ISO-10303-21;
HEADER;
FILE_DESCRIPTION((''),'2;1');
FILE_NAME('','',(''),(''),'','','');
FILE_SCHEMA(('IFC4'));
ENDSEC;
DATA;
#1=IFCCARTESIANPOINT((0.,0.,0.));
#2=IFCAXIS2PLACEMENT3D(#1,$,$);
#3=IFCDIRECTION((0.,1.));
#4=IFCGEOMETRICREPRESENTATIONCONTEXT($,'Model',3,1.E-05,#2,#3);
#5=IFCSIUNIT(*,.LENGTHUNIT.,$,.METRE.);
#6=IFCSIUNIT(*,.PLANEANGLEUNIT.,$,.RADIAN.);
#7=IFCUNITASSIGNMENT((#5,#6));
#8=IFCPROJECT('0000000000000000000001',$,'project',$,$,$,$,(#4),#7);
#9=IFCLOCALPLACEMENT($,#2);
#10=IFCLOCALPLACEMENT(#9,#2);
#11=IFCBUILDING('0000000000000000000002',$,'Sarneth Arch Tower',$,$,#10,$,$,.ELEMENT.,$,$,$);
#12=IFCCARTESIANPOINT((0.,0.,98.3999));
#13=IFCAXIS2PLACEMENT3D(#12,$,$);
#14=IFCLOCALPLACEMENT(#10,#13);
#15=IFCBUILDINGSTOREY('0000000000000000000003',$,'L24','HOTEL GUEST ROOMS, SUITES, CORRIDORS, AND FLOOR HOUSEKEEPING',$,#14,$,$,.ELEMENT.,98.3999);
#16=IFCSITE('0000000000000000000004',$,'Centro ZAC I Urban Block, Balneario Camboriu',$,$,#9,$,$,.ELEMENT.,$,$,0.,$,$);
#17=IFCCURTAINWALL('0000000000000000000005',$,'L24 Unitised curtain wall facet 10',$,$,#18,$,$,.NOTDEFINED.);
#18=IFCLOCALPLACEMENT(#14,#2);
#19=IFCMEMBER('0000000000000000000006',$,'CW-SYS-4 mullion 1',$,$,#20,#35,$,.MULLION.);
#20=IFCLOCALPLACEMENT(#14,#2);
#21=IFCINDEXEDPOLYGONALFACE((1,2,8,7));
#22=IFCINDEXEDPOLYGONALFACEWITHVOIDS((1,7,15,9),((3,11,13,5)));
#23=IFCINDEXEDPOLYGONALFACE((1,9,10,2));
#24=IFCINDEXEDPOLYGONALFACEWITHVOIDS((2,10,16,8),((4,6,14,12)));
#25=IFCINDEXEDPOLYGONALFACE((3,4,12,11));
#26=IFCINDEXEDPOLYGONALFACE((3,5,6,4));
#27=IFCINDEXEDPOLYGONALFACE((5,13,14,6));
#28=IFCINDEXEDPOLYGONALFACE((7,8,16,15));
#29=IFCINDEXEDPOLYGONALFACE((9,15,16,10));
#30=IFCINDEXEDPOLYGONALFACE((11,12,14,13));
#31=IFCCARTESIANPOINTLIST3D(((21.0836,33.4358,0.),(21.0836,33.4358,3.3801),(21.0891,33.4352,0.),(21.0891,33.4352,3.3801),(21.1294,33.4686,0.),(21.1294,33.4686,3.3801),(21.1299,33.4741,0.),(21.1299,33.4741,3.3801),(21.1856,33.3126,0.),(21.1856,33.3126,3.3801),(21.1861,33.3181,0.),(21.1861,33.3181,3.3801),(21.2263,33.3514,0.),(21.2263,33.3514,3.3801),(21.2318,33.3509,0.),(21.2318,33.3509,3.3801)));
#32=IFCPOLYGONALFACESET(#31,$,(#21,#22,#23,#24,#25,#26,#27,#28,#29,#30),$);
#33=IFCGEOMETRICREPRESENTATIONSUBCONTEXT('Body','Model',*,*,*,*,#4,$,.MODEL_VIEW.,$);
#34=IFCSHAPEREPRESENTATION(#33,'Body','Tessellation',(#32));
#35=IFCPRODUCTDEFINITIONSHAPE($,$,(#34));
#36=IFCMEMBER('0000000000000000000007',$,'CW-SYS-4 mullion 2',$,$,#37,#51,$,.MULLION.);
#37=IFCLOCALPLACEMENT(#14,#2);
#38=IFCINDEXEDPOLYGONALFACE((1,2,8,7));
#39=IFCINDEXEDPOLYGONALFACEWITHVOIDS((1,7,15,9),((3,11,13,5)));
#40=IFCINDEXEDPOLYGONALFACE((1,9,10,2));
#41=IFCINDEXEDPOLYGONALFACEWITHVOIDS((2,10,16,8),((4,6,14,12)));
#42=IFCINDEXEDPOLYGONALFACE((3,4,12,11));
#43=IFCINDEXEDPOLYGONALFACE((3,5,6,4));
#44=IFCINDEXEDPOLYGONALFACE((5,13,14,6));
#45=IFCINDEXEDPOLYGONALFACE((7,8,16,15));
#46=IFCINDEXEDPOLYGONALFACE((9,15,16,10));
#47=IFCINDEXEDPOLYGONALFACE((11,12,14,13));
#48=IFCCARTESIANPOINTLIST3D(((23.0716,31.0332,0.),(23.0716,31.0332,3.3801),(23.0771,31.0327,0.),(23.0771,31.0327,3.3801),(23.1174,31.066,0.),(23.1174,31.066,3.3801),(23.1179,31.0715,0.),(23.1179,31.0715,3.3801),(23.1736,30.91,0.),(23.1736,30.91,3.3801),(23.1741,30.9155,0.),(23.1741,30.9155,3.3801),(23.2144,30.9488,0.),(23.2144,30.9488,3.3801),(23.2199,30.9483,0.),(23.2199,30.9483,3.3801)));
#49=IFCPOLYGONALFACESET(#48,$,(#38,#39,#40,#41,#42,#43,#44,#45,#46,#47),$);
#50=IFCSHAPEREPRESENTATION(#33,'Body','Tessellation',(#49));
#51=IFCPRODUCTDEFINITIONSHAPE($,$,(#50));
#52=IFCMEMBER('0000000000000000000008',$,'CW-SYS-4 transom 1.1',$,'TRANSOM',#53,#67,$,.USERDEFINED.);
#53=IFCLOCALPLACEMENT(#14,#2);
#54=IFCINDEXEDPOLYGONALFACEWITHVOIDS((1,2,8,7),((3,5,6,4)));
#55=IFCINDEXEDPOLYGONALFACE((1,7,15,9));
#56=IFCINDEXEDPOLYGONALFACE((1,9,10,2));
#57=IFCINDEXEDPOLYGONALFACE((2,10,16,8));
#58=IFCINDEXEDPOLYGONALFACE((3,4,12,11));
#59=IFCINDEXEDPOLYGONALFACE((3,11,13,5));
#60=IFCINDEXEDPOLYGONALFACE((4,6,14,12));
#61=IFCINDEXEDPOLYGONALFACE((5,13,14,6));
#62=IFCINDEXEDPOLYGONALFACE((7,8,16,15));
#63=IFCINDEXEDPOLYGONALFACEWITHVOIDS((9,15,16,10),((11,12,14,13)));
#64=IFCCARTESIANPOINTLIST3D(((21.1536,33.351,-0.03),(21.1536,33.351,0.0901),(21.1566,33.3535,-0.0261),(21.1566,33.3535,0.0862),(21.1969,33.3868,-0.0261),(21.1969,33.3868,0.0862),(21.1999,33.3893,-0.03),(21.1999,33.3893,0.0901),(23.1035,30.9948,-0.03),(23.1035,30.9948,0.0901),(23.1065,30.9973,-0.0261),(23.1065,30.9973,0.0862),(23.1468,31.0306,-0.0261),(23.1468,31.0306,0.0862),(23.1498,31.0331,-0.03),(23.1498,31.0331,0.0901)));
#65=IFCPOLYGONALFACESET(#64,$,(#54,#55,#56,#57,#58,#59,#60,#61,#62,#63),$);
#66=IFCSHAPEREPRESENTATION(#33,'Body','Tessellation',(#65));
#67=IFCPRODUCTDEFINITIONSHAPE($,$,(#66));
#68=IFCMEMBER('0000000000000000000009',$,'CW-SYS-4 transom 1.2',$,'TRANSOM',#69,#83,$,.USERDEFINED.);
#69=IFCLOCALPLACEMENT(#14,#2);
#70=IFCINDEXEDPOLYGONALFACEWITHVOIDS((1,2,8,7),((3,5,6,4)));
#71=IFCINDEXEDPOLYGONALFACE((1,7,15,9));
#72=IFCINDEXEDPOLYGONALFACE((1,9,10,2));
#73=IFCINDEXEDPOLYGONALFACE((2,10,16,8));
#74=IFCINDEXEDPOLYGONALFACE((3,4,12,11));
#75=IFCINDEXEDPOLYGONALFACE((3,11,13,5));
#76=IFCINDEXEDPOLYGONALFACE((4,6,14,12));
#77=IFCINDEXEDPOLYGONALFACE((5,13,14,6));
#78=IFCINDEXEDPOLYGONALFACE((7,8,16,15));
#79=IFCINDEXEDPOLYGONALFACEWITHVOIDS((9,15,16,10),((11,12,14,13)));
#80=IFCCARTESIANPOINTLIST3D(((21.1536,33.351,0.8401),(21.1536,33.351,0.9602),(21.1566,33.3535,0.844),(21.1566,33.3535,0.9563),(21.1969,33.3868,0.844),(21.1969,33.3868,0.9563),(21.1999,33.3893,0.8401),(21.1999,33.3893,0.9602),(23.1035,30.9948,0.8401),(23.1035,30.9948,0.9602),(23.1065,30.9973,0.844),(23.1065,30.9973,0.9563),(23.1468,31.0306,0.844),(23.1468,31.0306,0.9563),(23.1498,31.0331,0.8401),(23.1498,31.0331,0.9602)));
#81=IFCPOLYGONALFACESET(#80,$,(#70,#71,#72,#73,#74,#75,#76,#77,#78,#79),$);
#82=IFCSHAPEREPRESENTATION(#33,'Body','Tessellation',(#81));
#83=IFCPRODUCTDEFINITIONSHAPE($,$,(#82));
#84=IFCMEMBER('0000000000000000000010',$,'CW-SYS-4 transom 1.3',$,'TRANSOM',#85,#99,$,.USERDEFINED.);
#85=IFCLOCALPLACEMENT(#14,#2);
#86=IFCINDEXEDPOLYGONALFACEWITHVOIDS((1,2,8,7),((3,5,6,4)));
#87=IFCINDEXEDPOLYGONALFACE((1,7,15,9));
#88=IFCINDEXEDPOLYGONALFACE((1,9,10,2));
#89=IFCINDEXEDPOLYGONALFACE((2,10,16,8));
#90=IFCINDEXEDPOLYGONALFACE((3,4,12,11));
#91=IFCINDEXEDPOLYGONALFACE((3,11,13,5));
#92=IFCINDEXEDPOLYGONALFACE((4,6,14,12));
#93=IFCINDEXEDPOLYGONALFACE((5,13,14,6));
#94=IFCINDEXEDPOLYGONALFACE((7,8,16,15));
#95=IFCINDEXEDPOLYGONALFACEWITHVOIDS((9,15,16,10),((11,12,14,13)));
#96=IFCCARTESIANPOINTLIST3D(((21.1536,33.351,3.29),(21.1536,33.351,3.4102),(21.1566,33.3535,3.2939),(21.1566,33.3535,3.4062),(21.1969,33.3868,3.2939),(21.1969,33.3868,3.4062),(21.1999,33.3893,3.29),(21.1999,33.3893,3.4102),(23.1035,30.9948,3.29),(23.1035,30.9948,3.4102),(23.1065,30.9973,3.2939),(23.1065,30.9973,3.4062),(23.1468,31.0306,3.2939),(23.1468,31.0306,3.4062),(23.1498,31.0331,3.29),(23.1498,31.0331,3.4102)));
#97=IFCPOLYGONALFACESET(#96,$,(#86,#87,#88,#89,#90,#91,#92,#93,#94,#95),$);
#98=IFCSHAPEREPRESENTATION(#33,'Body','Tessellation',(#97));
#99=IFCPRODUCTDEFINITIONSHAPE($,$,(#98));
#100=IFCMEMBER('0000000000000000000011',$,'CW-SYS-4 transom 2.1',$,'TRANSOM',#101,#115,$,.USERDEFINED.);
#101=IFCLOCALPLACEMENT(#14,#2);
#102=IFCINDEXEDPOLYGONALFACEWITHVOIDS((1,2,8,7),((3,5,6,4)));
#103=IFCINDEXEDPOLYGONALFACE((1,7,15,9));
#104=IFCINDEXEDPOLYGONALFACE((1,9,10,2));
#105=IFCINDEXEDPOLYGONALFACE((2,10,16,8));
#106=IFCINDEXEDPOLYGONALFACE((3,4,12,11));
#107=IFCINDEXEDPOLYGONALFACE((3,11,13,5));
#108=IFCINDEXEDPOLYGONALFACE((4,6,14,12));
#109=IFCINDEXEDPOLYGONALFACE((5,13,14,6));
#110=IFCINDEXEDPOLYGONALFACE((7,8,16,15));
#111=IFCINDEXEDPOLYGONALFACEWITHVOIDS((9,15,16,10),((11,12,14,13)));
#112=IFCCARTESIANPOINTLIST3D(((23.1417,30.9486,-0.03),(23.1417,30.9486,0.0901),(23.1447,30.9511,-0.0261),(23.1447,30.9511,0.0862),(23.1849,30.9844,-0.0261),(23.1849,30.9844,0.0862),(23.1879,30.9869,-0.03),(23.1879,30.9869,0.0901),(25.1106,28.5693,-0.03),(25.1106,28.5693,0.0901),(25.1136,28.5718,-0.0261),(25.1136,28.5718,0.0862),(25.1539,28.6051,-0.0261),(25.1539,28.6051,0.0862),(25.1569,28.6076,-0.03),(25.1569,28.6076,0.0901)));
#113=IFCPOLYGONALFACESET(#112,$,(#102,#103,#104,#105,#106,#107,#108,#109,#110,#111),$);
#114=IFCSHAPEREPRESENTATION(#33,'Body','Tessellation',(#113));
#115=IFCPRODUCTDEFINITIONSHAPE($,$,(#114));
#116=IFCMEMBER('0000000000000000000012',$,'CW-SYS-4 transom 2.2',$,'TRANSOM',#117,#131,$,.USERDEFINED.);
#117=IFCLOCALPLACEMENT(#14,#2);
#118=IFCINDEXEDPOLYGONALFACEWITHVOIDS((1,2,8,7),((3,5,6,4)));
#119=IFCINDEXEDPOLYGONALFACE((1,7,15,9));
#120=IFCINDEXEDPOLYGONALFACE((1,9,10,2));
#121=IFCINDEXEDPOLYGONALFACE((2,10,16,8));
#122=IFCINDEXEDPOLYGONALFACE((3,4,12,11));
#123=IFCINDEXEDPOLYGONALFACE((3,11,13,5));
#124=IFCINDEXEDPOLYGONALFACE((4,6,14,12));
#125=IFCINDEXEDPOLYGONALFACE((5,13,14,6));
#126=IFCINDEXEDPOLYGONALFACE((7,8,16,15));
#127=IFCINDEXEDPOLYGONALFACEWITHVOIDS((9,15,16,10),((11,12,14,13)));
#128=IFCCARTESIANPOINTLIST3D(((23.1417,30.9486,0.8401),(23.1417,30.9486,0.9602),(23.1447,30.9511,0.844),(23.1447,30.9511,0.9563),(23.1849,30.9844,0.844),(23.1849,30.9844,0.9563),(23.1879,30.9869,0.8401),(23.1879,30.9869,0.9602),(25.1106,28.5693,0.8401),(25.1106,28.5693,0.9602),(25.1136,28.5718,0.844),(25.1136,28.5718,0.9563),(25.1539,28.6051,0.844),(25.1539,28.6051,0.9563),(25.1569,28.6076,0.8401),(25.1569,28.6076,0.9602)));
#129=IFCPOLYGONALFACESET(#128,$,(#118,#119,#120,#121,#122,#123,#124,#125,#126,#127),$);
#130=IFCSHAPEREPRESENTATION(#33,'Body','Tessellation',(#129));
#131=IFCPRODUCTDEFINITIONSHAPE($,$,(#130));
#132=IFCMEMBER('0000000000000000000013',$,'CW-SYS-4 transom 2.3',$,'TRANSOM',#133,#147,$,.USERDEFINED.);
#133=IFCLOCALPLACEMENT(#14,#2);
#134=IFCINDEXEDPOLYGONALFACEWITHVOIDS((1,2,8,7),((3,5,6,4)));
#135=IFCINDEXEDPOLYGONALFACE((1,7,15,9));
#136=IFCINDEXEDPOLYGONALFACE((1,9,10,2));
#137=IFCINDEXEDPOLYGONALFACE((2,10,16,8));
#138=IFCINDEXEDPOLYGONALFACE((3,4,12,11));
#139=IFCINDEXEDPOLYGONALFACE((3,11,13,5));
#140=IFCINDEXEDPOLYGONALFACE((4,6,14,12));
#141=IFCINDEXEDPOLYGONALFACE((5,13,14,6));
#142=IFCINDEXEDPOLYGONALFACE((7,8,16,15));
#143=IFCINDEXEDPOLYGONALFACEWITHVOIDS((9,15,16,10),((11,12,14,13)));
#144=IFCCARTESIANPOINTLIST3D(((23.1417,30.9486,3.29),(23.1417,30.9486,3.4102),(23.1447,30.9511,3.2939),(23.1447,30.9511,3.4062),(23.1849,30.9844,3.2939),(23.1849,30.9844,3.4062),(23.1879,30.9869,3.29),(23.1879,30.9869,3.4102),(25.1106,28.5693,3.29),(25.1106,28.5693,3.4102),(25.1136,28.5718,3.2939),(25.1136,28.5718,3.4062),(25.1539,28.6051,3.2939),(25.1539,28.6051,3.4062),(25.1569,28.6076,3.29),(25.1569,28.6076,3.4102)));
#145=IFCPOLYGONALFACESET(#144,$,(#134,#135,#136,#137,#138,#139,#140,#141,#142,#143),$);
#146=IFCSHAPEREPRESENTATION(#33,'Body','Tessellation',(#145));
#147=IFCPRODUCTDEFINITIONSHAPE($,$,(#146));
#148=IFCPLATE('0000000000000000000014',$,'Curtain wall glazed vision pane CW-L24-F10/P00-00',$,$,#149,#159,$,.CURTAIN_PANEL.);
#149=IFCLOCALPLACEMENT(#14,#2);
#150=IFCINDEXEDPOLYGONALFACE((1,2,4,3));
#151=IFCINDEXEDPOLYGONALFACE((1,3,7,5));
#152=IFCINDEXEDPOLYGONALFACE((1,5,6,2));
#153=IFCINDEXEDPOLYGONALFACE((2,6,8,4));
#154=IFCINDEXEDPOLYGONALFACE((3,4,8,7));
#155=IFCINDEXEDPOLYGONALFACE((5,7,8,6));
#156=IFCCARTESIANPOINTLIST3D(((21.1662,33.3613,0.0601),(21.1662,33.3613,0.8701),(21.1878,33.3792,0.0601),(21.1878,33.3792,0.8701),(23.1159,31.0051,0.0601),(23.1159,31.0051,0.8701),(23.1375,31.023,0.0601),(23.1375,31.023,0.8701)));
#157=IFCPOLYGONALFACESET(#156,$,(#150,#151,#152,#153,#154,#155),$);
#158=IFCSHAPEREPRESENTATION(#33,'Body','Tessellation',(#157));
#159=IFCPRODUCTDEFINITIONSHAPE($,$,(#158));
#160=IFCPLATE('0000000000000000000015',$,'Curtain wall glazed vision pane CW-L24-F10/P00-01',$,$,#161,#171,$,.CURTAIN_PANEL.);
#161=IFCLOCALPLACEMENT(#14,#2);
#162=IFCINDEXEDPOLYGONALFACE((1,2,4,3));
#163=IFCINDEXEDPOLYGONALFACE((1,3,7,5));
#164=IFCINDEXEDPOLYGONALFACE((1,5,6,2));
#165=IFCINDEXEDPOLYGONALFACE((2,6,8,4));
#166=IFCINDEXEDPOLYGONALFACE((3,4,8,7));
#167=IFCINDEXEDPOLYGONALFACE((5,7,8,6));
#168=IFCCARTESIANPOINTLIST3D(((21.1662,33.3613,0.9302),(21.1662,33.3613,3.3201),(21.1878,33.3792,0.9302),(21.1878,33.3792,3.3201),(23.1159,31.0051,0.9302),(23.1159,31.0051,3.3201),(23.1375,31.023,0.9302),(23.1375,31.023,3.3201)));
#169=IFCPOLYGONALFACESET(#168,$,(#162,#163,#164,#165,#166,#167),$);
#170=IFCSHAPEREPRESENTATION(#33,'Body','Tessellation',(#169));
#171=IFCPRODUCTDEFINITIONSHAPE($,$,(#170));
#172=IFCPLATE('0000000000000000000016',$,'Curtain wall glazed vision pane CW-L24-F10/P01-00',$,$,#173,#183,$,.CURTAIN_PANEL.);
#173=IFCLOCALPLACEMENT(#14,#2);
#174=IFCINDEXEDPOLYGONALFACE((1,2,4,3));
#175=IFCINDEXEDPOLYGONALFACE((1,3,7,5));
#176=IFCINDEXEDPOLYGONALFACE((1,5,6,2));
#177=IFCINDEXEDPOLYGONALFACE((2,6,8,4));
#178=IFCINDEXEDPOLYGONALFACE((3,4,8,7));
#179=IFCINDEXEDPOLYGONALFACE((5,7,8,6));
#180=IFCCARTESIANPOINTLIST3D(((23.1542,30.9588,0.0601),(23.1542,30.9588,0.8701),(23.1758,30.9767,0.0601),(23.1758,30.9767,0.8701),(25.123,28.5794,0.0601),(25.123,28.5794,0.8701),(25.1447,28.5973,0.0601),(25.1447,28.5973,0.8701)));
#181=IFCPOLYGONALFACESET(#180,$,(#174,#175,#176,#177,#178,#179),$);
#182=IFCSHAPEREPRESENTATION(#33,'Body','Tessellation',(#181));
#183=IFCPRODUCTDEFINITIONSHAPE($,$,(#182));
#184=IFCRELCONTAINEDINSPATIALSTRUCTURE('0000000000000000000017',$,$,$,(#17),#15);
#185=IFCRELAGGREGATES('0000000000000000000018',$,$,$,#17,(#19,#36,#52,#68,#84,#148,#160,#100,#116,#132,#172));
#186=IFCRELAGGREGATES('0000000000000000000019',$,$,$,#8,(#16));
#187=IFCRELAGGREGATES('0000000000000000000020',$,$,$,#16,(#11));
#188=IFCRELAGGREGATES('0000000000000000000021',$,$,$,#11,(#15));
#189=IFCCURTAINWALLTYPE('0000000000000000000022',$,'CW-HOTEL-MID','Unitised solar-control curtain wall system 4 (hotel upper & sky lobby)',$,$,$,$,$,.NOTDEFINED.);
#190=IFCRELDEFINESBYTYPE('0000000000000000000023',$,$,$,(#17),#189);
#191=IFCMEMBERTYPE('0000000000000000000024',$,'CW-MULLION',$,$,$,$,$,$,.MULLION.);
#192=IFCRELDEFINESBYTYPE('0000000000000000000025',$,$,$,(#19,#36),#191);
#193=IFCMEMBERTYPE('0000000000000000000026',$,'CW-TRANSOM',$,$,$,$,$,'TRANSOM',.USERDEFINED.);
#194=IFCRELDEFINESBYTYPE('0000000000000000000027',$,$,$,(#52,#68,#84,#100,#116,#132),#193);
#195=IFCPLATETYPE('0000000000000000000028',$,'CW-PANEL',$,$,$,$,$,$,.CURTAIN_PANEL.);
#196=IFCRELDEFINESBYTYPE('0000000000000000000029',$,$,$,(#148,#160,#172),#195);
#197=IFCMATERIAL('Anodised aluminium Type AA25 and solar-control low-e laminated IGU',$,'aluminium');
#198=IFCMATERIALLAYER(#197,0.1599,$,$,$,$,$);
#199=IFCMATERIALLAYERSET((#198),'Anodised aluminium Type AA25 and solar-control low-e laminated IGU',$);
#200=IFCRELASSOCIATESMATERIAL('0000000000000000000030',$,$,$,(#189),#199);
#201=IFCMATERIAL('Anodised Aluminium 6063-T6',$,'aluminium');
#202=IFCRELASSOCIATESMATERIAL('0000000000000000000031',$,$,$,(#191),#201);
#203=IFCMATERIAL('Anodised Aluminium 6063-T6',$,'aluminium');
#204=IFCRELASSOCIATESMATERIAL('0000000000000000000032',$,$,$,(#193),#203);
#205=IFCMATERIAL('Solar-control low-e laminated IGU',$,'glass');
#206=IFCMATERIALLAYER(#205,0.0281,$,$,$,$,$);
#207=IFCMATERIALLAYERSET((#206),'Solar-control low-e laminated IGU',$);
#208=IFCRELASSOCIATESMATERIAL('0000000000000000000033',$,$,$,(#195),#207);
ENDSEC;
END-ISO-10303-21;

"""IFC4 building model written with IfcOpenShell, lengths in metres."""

from ifc_helpers import new_model, si_unit, direction, frame, origin, origin_2d, place, context, subcontext, project, spatial, rectangle, hollow_rectangle, extrude, material, layer, layer_set, material_profile, profile_set, type_object, element, aggregate, save


model = new_model("IFC4")

# Units and contexts
model_context = context("Model", 3, precision=1e-05, world=origin(), true_north=direction((0.0, 1.0)))
body_context = subcontext(model_context, "Body", "Model", "MODEL_VIEW")
ifc_project = project(units=[si_unit("LENGTHUNIT", "METRE"), si_unit("PLANEANGLEUNIT", "RADIAN")], contexts=[model_context])

# Site, building, storey
site_placement = place(None, origin())
site = spatial("IfcSite", under=ifc_project, at=site_placement, Name="Centro ZAC I Urban Block, Balneario Camboriu", CompositionType="ELEMENT", RefElevation=0.0)
building_placement = place(site_placement, origin())
building = spatial("IfcBuilding", under=site, at=building_placement, Name="Sarneth Arch Tower", CompositionType="ELEMENT")
storey_placement = place(building_placement, frame((0.0, 0.0, 98.3999)))
storey = spatial("IfcBuildingStorey", under=building, at=storey_placement, Name="L24", Description="HOTEL GUEST ROOMS, SUITES, CORRIDORS, AND FLOOR HOUSEKEEPING", CompositionType="ELEMENT", Elevation=98.3999)

# Curtain wall, members, plates
ifc_material_1 = material(Name="Anodised aluminium Type AA25 and solar-control low-e laminated IGU", Category="aluminium")
ifc_layer_1 = layer(ifc_material_1, 0.1599)
ifc_layer_set_1 = layer_set([ifc_layer_1], Name="Anodised aluminium Type AA25 and solar-control low-e laminated IGU")
curtain_wall_type = type_object("IfcCurtainWallType", Name="CW-HOTEL-MID", Description="Unitised solar-control curtain wall system 4 (hotel upper & sky lobby)", PredefinedType="NOTDEFINED", material=ifc_layer_set_1)
curtain_wall_placement = place(storey_placement, origin())
curtain_wall = element("IfcCurtainWall", 1, at=curtain_wall_placement, inside=storey, type_object=curtain_wall_type, Name="L24 Unitised curtain wall facet 10", PredefinedType="NOTDEFINED")
ifc_material_2 = material(Name="Anodised Aluminium 6063-T6", Category="aluminium")
ifc_material_profile_1 = material_profile(ifc_material_2, hollow_rectangle(XDim=0.0601, YDim=0.1599, WallThickness=0.0039, at=origin_2d()), Name="AL-MULL-160x60x4")
ifc_profile_set_1 = profile_set([ifc_material_profile_1], Name="Anodised Aluminium 6063-T6")
member_type_1 = type_object("IfcMemberType", Name="CW-MULLION", PredefinedType="MULLION", material=ifc_profile_set_1)
member_1_placement = place(storey_placement, frame((21.1577, 33.3933, 0.0), z_axis=(0.0, 0.0, 1.0), x_axis=(0.770438, 0.637515, 0.0)))
member_1 = element("IfcMember", 2, at=member_1_placement, type_object=member_type_1, Name="CW-SYS-4 mullion 1", PredefinedType="MULLION", context=body_context, shape_type="SweptSolid", body=[
    extrude(hollow_rectangle(XDim=0.0601, YDim=0.1599, WallThickness=0.0039, at=origin_2d()), origin(), (0.0, 0.0, 1.0), 3.3801),
])
member_2_placement = place(storey_placement, frame((23.1458, 30.9907, 0.0), z_axis=(0.0, 0.0, 1.0), x_axis=(0.770438, 0.637515, 0.0)))
member_2 = element("IfcMember", 3, at=member_2_placement, type_object=member_type_1, Name="CW-SYS-4 mullion 2", PredefinedType="MULLION", context=body_context, shape_type="SweptSolid", body=[
    extrude(hollow_rectangle(XDim=0.0601, YDim=0.1599, WallThickness=0.0039, at=origin_2d()), origin(), (0.0, 0.0, 1.0), 3.3801),
])
ifc_material_3 = material(Name="Anodised Aluminium 6063-T6", Category="aluminium")
ifc_material_profile_2 = material_profile(ifc_material_3, hollow_rectangle(XDim=0.0601, YDim=0.1201, WallThickness=0.0039, at=origin_2d()), Name="AL-TRAN-120x60x4")
ifc_profile_set_2 = profile_set([ifc_material_profile_2], Name="Anodised Aluminium 6063-T6")
member_type_2 = type_object("IfcMemberType", Name="CW-TRANSOM", ElementType="TRANSOM", PredefinedType="USERDEFINED", material=ifc_profile_set_2)
member_3_placement = place(storey_placement, frame((21.1768, 33.3701, 0.03), z_axis=(0.637566, -0.770396, 0.0), x_axis=(0.770396, 0.637566, 0.0)))
member_3 = element("IfcMember", 4, at=member_3_placement, type_object=member_type_2, Name="CW-SYS-4 transom 1.1", ObjectType="TRANSOM", PredefinedType="USERDEFINED", context=body_context, shape_type="SweptSolid", body=[
    extrude(hollow_rectangle(XDim=0.0601, YDim=0.1201, WallThickness=0.0039, at=origin_2d()), origin(), (0.0, 0.0, 1.0), 3.0583),
])
member_4_placement = place(storey_placement, frame((21.1768, 33.3701, 0.9001), z_axis=(0.637566, -0.770396, 0.0), x_axis=(0.770396, 0.637566, 0.0)))
member_4 = element("IfcMember", 5, at=member_4_placement, type_object=member_type_2, Name="CW-SYS-4 transom 1.2", ObjectType="TRANSOM", PredefinedType="USERDEFINED", context=body_context, shape_type="SweptSolid", body=[
    extrude(hollow_rectangle(XDim=0.0601, YDim=0.1201, WallThickness=0.0039, at=origin_2d()), origin(), (0.0, 0.0, 1.0), 3.0583),
])
member_5_placement = place(storey_placement, frame((21.1768, 33.3701, 3.3501), z_axis=(0.637566, -0.770396, 0.0), x_axis=(0.770396, 0.637566, 0.0)))
member_5 = element("IfcMember", 6, at=member_5_placement, type_object=member_type_2, Name="CW-SYS-4 transom 1.3", ObjectType="TRANSOM", PredefinedType="USERDEFINED", context=body_context, shape_type="SweptSolid", body=[
    extrude(hollow_rectangle(XDim=0.0601, YDim=0.1201, WallThickness=0.0039, at=origin_2d()), origin(), (0.0, 0.0, 1.0), 3.0583),
])
member_6_placement = place(storey_placement, frame((23.1648, 30.9678, 0.03), z_axis=(0.637537, -0.77042, 0.0), x_axis=(0.77042, 0.637537, 0.0)))
member_6 = element("IfcMember", 7, at=member_6_placement, type_object=member_type_2, Name="CW-SYS-4 transom 2.1", ObjectType="TRANSOM", PredefinedType="USERDEFINED", context=body_context, shape_type="SweptSolid", body=[
    extrude(hollow_rectangle(XDim=0.0601, YDim=0.1201, WallThickness=0.0039, at=origin_2d()), origin(), (0.0, 0.0, 1.0), 3.0884),
])
member_7_placement = place(storey_placement, frame((23.1648, 30.9678, 0.9001), z_axis=(0.637537, -0.77042, 0.0), x_axis=(0.77042, 0.637537, 0.0)))
member_7 = element("IfcMember", 8, at=member_7_placement, type_object=member_type_2, Name="CW-SYS-4 transom 2.2", ObjectType="TRANSOM", PredefinedType="USERDEFINED", context=body_context, shape_type="SweptSolid", body=[
    extrude(hollow_rectangle(XDim=0.0601, YDim=0.1201, WallThickness=0.0039, at=origin_2d()), origin(), (0.0, 0.0, 1.0), 3.0884),
])
member_8_placement = place(storey_placement, frame((23.1648, 30.9678, 3.3501), z_axis=(0.637537, -0.77042, 0.0), x_axis=(0.77042, 0.637537, 0.0)))
member_8 = element("IfcMember", 9, at=member_8_placement, type_object=member_type_2, Name="CW-SYS-4 transom 2.3", ObjectType="TRANSOM", PredefinedType="USERDEFINED", context=body_context, shape_type="SweptSolid", body=[
    extrude(hollow_rectangle(XDim=0.0601, YDim=0.1201, WallThickness=0.0039, at=origin_2d()), origin(), (0.0, 0.0, 1.0), 3.0884),
])
ifc_material_4 = material(Name="Solar-control low-e laminated IGU", Category="glass")
ifc_layer_2 = layer(ifc_material_4, 0.0281)
ifc_layer_set_2 = layer_set([ifc_layer_2], Name="Solar-control low-e laminated IGU")
plate_type_1 = type_object("IfcPlateType", Name="CW-PANEL", PredefinedType="CURTAIN_PANEL", material=ifc_layer_set_2)
plate_1_placement = place(storey_placement, frame((22.1519, 32.1921, 0.0601), z_axis=(0.0, 0.0, 1.0), x_axis=(0.637515, -0.770438, 0.0)))
plate_1 = element("IfcPlate", 10, at=plate_1_placement, type_object=plate_type_1, Name="Curtain wall glazed vision pane CW-L24-F10/P00-00", PredefinedType="CURTAIN_PANEL", context=body_context, shape_type="SweptSolid", body=[
    extrude(rectangle(XDim=3.0583, YDim=0.0281, at=origin_2d()), origin(), (0.0, 0.0, 1.0), 0.8101),
])
plate_2_placement = place(storey_placement, frame((22.1519, 32.1921, 0.9302), z_axis=(0.0, 0.0, 1.0), x_axis=(0.637515, -0.770438, 0.0)))
plate_2 = element("IfcPlate", 11, at=plate_2_placement, type_object=plate_type_1, Name="Curtain wall glazed vision pane CW-L24-F10/P00-01", PredefinedType="CURTAIN_PANEL", context=body_context, shape_type="SweptSolid", body=[
    extrude(rectangle(XDim=3.0583, YDim=0.0281, at=origin_2d()), origin(), (0.0, 0.0, 1.0), 2.3899),
])
plate_3_placement = place(storey_placement, frame((24.1494, 29.7781, 0.0601), z_axis=(0.0, 0.0, 1.0), x_axis=(0.637515, -0.770438, 0.0)))
plate_3 = element("IfcPlate", 12, at=plate_3_placement, type_object=plate_type_1, Name="Curtain wall glazed vision pane CW-L24-F10/P01-00", PredefinedType="CURTAIN_PANEL", context=body_context, shape_type="SweptSolid", body=[
    extrude(rectangle(XDim=3.0884, YDim=0.0281, at=origin_2d()), origin(), (0.0, 0.0, 1.0), 0.8101),
])
aggregate(curtain_wall, [member_1, member_2, member_3, member_4, member_5, plate_1, plate_2, member_6, member_7, member_8, plate_3])

save(model, "model.ifc")
